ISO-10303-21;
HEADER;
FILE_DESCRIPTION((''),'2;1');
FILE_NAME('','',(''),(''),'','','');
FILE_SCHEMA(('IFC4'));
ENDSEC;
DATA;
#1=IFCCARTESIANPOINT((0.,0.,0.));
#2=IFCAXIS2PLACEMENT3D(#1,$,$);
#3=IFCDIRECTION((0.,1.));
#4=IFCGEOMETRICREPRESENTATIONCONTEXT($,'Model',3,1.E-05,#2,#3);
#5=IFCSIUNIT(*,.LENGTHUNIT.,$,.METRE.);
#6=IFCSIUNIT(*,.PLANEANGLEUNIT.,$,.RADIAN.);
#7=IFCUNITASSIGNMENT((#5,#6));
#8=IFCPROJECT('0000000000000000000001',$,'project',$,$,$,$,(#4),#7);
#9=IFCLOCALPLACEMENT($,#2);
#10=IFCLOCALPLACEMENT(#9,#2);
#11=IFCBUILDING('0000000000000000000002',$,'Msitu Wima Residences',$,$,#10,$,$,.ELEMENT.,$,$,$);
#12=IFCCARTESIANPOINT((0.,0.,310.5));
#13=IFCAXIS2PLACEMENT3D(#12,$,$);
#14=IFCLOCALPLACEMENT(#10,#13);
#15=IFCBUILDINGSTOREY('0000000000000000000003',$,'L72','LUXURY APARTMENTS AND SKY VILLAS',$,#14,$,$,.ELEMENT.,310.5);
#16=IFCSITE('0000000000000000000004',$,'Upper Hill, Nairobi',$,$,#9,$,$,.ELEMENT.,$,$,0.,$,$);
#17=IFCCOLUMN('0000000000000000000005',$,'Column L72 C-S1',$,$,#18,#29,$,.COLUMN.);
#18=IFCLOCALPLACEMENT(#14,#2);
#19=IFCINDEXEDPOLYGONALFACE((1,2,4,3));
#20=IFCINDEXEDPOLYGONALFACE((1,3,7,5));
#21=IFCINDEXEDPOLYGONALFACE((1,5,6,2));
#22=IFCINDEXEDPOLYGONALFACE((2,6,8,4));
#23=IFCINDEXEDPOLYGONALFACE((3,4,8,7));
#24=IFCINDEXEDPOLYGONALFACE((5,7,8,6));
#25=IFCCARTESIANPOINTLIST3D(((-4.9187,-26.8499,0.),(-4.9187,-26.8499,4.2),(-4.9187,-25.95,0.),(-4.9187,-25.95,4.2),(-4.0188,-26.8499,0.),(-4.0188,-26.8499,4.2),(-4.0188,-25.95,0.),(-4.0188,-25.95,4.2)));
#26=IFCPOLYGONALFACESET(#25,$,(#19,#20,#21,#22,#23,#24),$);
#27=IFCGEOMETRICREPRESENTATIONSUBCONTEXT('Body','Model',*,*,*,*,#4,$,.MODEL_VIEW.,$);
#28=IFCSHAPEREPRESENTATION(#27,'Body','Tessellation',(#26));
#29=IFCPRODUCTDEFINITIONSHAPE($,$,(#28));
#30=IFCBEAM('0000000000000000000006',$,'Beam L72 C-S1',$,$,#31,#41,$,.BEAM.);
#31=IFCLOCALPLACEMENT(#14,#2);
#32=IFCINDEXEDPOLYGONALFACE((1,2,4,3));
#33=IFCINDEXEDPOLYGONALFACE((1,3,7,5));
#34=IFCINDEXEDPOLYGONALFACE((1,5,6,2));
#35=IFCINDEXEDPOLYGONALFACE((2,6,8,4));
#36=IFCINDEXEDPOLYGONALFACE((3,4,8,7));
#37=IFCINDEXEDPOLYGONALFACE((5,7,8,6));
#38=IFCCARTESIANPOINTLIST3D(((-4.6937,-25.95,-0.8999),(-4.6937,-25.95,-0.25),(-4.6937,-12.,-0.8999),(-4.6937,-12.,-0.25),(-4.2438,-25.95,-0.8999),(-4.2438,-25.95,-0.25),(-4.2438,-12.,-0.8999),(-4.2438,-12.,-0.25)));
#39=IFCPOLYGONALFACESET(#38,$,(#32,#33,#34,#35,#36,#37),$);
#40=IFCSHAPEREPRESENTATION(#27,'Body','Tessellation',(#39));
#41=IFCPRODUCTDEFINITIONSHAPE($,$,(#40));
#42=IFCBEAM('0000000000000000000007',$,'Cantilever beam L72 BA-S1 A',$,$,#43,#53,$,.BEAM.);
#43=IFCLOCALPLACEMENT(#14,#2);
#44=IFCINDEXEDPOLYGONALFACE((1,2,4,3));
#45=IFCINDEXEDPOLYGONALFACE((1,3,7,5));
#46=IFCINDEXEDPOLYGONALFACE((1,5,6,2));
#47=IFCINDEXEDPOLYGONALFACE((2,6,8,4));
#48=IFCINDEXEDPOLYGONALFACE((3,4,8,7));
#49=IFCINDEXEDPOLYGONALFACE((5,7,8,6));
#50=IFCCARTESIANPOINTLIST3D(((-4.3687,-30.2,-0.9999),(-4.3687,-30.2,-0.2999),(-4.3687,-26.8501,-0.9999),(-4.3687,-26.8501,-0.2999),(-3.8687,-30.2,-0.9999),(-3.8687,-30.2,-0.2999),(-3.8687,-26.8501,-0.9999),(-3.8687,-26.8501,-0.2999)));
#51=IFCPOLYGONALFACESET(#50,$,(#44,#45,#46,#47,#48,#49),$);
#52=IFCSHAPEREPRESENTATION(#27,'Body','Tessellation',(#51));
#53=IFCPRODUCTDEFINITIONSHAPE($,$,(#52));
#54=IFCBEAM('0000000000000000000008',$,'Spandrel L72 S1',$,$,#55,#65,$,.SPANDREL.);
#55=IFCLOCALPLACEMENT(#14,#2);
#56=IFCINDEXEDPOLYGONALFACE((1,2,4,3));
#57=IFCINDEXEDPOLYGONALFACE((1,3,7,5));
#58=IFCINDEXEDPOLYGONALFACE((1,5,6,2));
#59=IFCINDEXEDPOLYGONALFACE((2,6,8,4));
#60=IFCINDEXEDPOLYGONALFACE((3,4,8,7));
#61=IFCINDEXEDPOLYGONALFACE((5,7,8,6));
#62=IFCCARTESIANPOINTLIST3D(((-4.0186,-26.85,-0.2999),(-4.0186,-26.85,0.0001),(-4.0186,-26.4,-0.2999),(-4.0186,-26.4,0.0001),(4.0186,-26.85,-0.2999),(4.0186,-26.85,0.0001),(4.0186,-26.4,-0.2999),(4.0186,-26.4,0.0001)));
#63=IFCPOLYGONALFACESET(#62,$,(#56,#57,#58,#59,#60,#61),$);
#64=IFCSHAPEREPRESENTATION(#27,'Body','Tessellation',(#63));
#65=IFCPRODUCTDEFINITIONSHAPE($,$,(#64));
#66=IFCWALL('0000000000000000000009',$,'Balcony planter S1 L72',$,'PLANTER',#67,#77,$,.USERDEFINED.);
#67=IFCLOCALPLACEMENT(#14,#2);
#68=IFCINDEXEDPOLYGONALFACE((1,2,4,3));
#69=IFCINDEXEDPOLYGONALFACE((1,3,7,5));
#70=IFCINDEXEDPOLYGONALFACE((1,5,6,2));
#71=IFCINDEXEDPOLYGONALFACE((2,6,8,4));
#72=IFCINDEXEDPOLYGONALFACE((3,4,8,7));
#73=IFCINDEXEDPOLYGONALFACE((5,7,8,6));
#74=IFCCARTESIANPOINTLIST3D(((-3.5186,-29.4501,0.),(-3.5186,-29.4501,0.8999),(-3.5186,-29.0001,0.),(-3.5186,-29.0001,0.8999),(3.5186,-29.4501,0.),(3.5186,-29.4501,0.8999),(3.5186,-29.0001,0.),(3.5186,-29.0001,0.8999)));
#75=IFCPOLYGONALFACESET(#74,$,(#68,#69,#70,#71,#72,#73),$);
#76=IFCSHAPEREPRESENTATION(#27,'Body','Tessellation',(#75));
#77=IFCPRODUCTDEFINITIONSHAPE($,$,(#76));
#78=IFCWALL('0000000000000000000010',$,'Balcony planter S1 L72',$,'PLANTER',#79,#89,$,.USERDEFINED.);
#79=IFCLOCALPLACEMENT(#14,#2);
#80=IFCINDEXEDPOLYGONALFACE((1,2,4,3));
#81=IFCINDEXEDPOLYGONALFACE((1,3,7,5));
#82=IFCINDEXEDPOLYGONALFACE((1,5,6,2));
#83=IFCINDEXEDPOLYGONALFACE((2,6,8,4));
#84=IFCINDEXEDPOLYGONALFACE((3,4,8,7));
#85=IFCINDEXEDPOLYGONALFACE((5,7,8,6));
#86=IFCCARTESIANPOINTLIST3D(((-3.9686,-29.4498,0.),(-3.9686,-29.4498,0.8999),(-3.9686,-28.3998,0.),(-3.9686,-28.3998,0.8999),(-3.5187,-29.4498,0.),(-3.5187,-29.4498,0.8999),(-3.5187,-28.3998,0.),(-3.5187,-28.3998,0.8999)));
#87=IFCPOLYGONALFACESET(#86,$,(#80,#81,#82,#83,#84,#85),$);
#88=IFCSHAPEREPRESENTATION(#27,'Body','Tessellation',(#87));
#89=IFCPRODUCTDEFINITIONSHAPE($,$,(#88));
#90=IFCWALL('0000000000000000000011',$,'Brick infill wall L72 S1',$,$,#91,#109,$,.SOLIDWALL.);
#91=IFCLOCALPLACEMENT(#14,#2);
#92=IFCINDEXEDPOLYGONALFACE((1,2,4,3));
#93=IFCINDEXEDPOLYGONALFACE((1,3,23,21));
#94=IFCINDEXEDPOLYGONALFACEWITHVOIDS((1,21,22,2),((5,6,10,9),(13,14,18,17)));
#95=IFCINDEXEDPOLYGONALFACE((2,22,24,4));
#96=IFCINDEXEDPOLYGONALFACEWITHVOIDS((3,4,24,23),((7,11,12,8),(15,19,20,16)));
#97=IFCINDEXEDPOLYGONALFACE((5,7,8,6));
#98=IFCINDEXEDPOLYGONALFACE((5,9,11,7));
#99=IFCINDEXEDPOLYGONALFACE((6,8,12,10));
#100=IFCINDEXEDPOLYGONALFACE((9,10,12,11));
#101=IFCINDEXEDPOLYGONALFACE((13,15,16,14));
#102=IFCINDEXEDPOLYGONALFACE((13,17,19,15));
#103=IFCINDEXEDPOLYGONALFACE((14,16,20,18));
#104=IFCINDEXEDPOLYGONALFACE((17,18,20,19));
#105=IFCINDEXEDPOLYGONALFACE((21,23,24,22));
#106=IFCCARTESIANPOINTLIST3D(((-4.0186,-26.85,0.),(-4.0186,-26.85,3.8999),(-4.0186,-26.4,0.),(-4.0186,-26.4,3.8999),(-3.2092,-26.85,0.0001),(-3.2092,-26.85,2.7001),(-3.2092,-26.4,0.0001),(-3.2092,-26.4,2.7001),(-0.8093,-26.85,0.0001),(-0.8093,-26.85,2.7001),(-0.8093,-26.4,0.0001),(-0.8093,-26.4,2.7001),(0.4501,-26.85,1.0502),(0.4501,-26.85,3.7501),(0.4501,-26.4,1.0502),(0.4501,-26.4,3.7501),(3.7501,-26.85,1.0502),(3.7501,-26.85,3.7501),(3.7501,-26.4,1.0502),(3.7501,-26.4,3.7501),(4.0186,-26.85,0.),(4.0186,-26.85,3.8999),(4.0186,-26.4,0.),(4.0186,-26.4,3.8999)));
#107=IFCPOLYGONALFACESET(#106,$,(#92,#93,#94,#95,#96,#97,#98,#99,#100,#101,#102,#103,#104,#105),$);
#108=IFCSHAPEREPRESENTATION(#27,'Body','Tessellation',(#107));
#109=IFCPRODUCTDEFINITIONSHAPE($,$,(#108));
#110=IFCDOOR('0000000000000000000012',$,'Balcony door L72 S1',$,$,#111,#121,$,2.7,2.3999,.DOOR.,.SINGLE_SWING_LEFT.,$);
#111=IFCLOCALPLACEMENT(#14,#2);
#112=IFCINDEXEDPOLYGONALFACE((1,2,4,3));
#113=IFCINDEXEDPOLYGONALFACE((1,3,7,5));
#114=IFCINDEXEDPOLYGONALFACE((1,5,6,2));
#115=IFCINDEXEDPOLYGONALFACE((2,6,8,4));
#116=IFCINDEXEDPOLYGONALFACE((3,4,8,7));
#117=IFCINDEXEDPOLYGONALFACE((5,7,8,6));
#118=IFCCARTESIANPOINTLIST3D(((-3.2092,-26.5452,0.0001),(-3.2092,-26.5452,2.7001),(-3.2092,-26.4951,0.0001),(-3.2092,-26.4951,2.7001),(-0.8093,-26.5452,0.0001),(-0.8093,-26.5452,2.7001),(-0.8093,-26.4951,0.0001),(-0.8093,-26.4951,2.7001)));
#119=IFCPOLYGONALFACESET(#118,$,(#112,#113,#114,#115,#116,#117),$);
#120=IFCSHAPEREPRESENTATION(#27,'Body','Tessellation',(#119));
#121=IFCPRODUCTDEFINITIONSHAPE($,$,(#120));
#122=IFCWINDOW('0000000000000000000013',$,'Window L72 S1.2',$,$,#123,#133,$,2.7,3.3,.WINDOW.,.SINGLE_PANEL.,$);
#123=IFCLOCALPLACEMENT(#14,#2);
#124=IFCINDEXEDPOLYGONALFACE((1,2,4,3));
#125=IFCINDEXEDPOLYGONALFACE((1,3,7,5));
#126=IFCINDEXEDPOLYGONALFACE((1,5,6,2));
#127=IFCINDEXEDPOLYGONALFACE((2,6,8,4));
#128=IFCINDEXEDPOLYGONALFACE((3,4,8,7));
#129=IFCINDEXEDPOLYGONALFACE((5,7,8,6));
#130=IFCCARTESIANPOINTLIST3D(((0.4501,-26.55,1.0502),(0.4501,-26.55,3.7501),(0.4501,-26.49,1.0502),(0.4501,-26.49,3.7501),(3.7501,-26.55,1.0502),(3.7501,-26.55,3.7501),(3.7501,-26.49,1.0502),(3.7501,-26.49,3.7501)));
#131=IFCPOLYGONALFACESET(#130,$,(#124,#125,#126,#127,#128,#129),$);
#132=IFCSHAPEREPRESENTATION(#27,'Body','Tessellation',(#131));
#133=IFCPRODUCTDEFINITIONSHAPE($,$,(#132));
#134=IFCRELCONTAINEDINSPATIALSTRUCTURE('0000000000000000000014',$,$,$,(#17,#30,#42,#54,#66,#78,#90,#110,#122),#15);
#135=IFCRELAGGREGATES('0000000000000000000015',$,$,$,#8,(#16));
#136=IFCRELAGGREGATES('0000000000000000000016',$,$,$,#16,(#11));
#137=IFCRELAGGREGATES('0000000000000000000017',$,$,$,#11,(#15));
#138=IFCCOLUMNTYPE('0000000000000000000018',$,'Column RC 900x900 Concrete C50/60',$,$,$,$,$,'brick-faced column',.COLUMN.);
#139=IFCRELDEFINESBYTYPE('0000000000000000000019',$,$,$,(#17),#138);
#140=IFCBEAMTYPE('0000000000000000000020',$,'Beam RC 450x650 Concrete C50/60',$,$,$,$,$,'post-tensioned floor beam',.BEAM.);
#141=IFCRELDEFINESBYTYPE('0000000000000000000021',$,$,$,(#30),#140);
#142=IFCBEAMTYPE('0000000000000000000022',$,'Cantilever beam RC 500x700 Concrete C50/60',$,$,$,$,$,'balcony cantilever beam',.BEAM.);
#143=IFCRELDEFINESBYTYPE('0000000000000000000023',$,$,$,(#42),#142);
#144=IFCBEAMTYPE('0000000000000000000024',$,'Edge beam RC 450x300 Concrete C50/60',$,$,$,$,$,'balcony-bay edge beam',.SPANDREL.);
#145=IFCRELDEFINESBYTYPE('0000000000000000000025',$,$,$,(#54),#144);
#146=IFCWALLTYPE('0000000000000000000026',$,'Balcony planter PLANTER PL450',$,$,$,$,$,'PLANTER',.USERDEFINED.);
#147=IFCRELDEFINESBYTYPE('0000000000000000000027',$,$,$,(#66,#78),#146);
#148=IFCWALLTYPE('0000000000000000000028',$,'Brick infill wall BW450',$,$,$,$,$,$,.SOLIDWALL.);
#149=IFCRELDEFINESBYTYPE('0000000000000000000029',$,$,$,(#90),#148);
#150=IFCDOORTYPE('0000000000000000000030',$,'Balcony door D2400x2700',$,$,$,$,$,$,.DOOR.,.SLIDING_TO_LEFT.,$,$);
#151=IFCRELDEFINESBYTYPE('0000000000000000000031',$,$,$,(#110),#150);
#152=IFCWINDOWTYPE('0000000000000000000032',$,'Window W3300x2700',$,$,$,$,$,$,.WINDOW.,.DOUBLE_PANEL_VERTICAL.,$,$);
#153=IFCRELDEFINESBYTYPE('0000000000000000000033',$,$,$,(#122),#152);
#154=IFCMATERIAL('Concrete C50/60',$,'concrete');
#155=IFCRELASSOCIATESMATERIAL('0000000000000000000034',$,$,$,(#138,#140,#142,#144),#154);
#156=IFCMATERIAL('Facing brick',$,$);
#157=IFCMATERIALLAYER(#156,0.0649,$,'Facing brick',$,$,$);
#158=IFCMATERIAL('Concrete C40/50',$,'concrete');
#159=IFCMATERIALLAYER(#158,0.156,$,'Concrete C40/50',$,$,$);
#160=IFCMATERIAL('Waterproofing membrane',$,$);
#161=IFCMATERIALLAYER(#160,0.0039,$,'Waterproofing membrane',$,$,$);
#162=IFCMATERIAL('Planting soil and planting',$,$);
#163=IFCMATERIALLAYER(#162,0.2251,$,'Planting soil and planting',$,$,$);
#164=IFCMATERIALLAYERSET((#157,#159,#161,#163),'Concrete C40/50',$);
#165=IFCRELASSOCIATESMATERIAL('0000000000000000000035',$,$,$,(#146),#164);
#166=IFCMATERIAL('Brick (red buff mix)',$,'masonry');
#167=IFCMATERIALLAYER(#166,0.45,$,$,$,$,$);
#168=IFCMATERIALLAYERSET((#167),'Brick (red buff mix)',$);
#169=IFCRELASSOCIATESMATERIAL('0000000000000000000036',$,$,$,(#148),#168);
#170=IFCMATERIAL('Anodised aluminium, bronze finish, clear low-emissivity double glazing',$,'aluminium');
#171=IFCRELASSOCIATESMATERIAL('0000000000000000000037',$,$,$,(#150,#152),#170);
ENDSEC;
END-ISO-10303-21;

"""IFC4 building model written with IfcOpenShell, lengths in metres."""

from ifc_helpers import new_model, si_unit, direction, frame, frame_2d, origin, origin_2d, place, context, subcontext, project, spatial, rectangle, extrude, material, layer, layer_set, material_profile, profile_set, type_object, element, fill, save


model = new_model("IFC4")

# Units and contexts
model_context = context("Model", 3, precision=1e-05, world=origin(), true_north=direction((0.0, 1.0)))
body_context = subcontext(model_context, "Body", "Model", "MODEL_VIEW")
ifc_project = project(units=[si_unit("LENGTHUNIT", "METRE"), si_unit("PLANEANGLEUNIT", "RADIAN")], contexts=[model_context])

# Site, building, storey
site_placement = place(None, origin())
site = spatial("IfcSite", under=ifc_project, at=site_placement, Name="Upper Hill, Nairobi", CompositionType="ELEMENT", RefElevation=0.0)
building_placement = place(site_placement, origin())
building = spatial("IfcBuilding", under=site, at=building_placement, Name="Msitu Wima Residences", CompositionType="ELEMENT")
storey_placement = place(building_placement, frame((0.0, 0.0, 310.5)))
storey = spatial("IfcBuildingStorey", under=building, at=storey_placement, Name="L72", Description="LUXURY APARTMENTS AND SKY VILLAS", CompositionType="ELEMENT", Elevation=310.5)

# Column
ifc_material_1 = material(Name="Concrete C50/60", Category="concrete")
ifc_material_profile_1 = material_profile(ifc_material_1, rectangle(XDim=0.8999, YDim=0.8999, at=origin_2d()), Name="RC 900x900")
ifc_profile_set_1 = profile_set([ifc_material_profile_1], Name="Concrete C50/60")
column_type = type_object("IfcColumnType", Name="Column RC 900x900 Concrete C50/60", ElementType="brick-faced column", PredefinedType="COLUMN", material=ifc_profile_set_1)
column_placement = place(storey_placement, frame((-4.4688, -26.3999, 0.0), z_axis=(0.0, 0.0, 1.0), x_axis=(1.0, 0.0, 0.0)))
element("IfcColumn", 1, at=column_placement, inside=storey, type_object=column_type, Name="Column L72 C-S1", PredefinedType="COLUMN", context=body_context, shape_type="SweptSolid", body=[
    extrude(rectangle(XDim=0.8999, YDim=0.8999, at=origin_2d()), origin(), (0.0, 0.0, 1.0), 4.2),
])

# Beams
ifc_material_profile_2 = material_profile(ifc_material_1, rectangle(XDim=0.45, YDim=0.6499, at=origin_2d()), Name="RC 450x650")
ifc_profile_set_2 = profile_set([ifc_material_profile_2], Name="Concrete C50/60")
beam_type_1 = type_object("IfcBeamType", Name="Beam RC 450x650 Concrete C50/60", ElementType="post-tensioned floor beam", PredefinedType="BEAM", material=ifc_profile_set_2)
beam_1_placement = place(storey_placement, frame((-4.4688, -25.95, -0.575), z_axis=(0.0, 1.0, 0.0), x_axis=(-1.0, 0.0, 0.0)))
element("IfcBeam", 2, at=beam_1_placement, inside=storey, type_object=beam_type_1, Name="Beam L72 C-S1", PredefinedType="BEAM", context=body_context, shape_type="SweptSolid", body=[
    extrude(rectangle(XDim=0.45, YDim=0.6499, at=origin_2d()), origin(), (0.0, 0.0, 1.0), 13.95),
])
ifc_material_profile_3 = material_profile(ifc_material_1, rectangle(XDim=0.5, YDim=0.7, at=origin_2d()), Name="RC 500x700")
ifc_profile_set_3 = profile_set([ifc_material_profile_3], Name="Concrete C50/60")
beam_type_2 = type_object("IfcBeamType", Name="Cantilever beam RC 500x700 Concrete C50/60", ElementType="balcony cantilever beam", PredefinedType="BEAM", material=ifc_profile_set_3)
beam_2_placement = place(storey_placement, frame((-4.1187, -26.8501, -0.6499), z_axis=(0.0, -1.0, 0.0), x_axis=(1.0, 0.0, 0.0)))
element("IfcBeam", 3, at=beam_2_placement, inside=storey, type_object=beam_type_2, Name="Cantilever beam L72 BA-S1 A", PredefinedType="BEAM", context=body_context, shape_type="SweptSolid", body=[
    extrude(rectangle(XDim=0.5, YDim=0.7, at=origin_2d()), origin(), (0.0, 0.0, 1.0), 3.3499),
])
ifc_material_profile_4 = material_profile(ifc_material_1, rectangle(XDim=0.45, YDim=0.3, at=origin_2d()), Name="RC 450x300")
ifc_profile_set_4 = profile_set([ifc_material_profile_4], Name="Concrete C50/60")
beam_type_3 = type_object("IfcBeamType", Name="Edge beam RC 450x300 Concrete C50/60", ElementType="balcony-bay edge beam", PredefinedType="SPANDREL", material=ifc_profile_set_4)
beam_3_placement = place(storey_placement, frame((-4.0186, -26.625, -0.1499), z_axis=(1.0, 0.0, 0.0), x_axis=(0.0, 1.0, 0.0)))
element("IfcBeam", 4, at=beam_3_placement, inside=storey, type_object=beam_type_3, Name="Spandrel L72 S1", PredefinedType="SPANDREL", context=body_context, shape_type="SweptSolid", body=[
    extrude(rectangle(XDim=0.45, YDim=0.3, at=origin_2d()), origin(), (0.0, 0.0, 1.0), 8.0371),
])

# Walls
ifc_material_2 = material(Name="Facing brick")
ifc_layer_1 = layer(ifc_material_2, 0.0649, Name="Facing brick")
ifc_material_3 = material(Name="Concrete C40/50", Category="concrete")
ifc_layer_2 = layer(ifc_material_3, 0.156, Name="Concrete C40/50")
ifc_material_4 = material(Name="Waterproofing membrane")
ifc_layer_3 = layer(ifc_material_4, 0.0039, Name="Waterproofing membrane")
ifc_material_5 = material(Name="Planting soil and planting")
ifc_layer_4 = layer(ifc_material_5, 0.2251, Name="Planting soil and planting")
ifc_layer_set_1 = layer_set([ifc_layer_1, ifc_layer_2, ifc_layer_3, ifc_layer_4], Name="Concrete C40/50")
wall_type_1 = type_object("IfcWallType", Name="Balcony planter PLANTER PL450", ElementType="PLANTER", PredefinedType="USERDEFINED", material=ifc_layer_set_1)
wall_1_placement = place(storey_placement, frame((-3.5186, -29.2251, 0.0), z_axis=(0.0, 0.0, 1.0), x_axis=(1.0, 0.0, 0.0)))
element("IfcWall", 5, at=wall_1_placement, inside=storey, type_object=wall_type_1, Name="Balcony planter S1 L72", ObjectType="PLANTER", PredefinedType="USERDEFINED", context=body_context, shape_type="SweptSolid", body=[
    extrude(rectangle(XDim=7.0371, YDim=0.45, at=frame_2d((3.5186, 0.0))), origin(), (0.0, 0.0, 1.0), 0.8999),
])
wall_2_placement = place(storey_placement, frame((-3.7437, -28.3999, 0.0), z_axis=(0.0, 0.0, 1.0), x_axis=(0.0, -1.0, 0.0)))
element("IfcWall", 6, at=wall_2_placement, inside=storey, type_object=wall_type_1, Name="Balcony planter S1 L72", ObjectType="PLANTER", PredefinedType="USERDEFINED", context=body_context, shape_type="SweptSolid", body=[
    extrude(rectangle(XDim=1.05, YDim=0.45, at=frame_2d((0.5249, 0.0))), origin(), (0.0, 0.0, 1.0), 0.8999),
])

# Wall, openings, door, window
ifc_material_6 = material(Name="Brick (red buff mix)", Category="masonry")
ifc_layer_5 = layer(ifc_material_6, 0.45)
ifc_layer_set_2 = layer_set([ifc_layer_5], Name="Brick (red buff mix)")
wall_type_2 = type_object("IfcWallType", Name="Brick infill wall BW450", PredefinedType="SOLIDWALL", material=ifc_layer_set_2)
wall_3_placement = place(storey_placement, frame((-4.0186, -26.625, 0.0), z_axis=(0.0, 0.0, 1.0), x_axis=(1.0, 0.0, 0.0)))
wall_3 = element("IfcWall", 7, at=wall_3_placement, inside=storey, type_object=wall_type_2, Name="Brick infill wall L72 S1", PredefinedType="SOLIDWALL", context=body_context, shape_type="SweptSolid", body=[
    extrude(rectangle(XDim=8.0371, YDim=0.45, at=frame_2d((4.0186, 0.0))), origin(), (0.0, 0.0, 1.0), 3.8999),
])
opening_1_placement = place(wall_3_placement, frame((0.8093, 0.0, 0.0)))
opening_1 = element("IfcOpeningElement", 8, at=opening_1_placement, cuts=wall_3, PredefinedType="OPENING", context=body_context, shape_type="SweptSolid", body=[
    extrude(rectangle(XDim=2.3999, YDim=2.7, at=frame_2d((1.2, 1.3501))), frame((0.0, 0.2349, 0.0), z_axis=(0.0, -1.0, 0.0), x_axis=(1.0, 0.0, 0.0)), (0.0, 0.0, 1.0), 0.47),
])
opening_2_placement = place(wall_3_placement, frame((4.4688, 0.0, 1.05)))
opening_2 = element("IfcOpeningElement", 9, at=opening_2_placement, cuts=wall_3, PredefinedType="OPENING", context=body_context, shape_type="SweptSolid", body=[
    extrude(rectangle(XDim=3.3, YDim=2.7, at=frame_2d((1.6499, 1.3501))), frame((0.0, 0.2349, 0.0), z_axis=(0.0, -1.0, 0.0), x_axis=(1.0, 0.0, 0.0)), (0.0, 0.0, 1.0), 0.47),
])
ifc_material_7 = material(Name="Anodised aluminium, bronze finish, clear low-emissivity double glazing", Category="aluminium")
door_type_1 = type_object("IfcDoorType", Name="Balcony door D2400x2700", OperationType="SLIDING_TO_LEFT", PredefinedType="DOOR", material=ifc_material_7)
door_1_placement = place(opening_1_placement, origin())
door_1 = element("IfcDoor", 10, at=door_1_placement, inside=storey, type_object=door_type_1, Name="Balcony door L72 S1", OperationType="SINGLE_SWING_LEFT", OverallHeight=2.7, OverallWidth=2.3999, PredefinedType="DOOR", context=body_context, shape_type="SweptSolid", body=[
    extrude(rectangle(XDim=2.3999, YDim=2.7, at=frame_2d((1.2, 1.3501))), frame((0.0, 0.1299, 0.0), z_axis=(0.0, -1.0, 0.0), x_axis=(1.0, 0.0, 0.0)), (0.0, 0.0, 1.0), 0.05),
])
fill(opening_1, door_1)
window_type = type_object("IfcWindowType", Name="Window W3300x2700", PartitioningType="DOUBLE_PANEL_VERTICAL", PredefinedType="WINDOW", material=ifc_material_7)
window_placement = place(opening_2_placement, origin())
window = element("IfcWindow", 11, at=window_placement, inside=storey, type_object=window_type, Name="Window L72 S1.2", OverallHeight=2.7, OverallWidth=3.3, PartitioningType="SINGLE_PANEL", PredefinedType="WINDOW", context=body_context, shape_type="SweptSolid", body=[
    extrude(rectangle(XDim=3.3, YDim=2.7, at=frame_2d((1.6499, 1.3501))), frame((0.0, 0.135, 0.0), z_axis=(0.0, -1.0, 0.0), x_axis=(1.0, 0.0, 0.0)), (0.0, 0.0, 1.0), 0.0601),
])
fill(opening_2, window)

save(model, "model.ifc")
